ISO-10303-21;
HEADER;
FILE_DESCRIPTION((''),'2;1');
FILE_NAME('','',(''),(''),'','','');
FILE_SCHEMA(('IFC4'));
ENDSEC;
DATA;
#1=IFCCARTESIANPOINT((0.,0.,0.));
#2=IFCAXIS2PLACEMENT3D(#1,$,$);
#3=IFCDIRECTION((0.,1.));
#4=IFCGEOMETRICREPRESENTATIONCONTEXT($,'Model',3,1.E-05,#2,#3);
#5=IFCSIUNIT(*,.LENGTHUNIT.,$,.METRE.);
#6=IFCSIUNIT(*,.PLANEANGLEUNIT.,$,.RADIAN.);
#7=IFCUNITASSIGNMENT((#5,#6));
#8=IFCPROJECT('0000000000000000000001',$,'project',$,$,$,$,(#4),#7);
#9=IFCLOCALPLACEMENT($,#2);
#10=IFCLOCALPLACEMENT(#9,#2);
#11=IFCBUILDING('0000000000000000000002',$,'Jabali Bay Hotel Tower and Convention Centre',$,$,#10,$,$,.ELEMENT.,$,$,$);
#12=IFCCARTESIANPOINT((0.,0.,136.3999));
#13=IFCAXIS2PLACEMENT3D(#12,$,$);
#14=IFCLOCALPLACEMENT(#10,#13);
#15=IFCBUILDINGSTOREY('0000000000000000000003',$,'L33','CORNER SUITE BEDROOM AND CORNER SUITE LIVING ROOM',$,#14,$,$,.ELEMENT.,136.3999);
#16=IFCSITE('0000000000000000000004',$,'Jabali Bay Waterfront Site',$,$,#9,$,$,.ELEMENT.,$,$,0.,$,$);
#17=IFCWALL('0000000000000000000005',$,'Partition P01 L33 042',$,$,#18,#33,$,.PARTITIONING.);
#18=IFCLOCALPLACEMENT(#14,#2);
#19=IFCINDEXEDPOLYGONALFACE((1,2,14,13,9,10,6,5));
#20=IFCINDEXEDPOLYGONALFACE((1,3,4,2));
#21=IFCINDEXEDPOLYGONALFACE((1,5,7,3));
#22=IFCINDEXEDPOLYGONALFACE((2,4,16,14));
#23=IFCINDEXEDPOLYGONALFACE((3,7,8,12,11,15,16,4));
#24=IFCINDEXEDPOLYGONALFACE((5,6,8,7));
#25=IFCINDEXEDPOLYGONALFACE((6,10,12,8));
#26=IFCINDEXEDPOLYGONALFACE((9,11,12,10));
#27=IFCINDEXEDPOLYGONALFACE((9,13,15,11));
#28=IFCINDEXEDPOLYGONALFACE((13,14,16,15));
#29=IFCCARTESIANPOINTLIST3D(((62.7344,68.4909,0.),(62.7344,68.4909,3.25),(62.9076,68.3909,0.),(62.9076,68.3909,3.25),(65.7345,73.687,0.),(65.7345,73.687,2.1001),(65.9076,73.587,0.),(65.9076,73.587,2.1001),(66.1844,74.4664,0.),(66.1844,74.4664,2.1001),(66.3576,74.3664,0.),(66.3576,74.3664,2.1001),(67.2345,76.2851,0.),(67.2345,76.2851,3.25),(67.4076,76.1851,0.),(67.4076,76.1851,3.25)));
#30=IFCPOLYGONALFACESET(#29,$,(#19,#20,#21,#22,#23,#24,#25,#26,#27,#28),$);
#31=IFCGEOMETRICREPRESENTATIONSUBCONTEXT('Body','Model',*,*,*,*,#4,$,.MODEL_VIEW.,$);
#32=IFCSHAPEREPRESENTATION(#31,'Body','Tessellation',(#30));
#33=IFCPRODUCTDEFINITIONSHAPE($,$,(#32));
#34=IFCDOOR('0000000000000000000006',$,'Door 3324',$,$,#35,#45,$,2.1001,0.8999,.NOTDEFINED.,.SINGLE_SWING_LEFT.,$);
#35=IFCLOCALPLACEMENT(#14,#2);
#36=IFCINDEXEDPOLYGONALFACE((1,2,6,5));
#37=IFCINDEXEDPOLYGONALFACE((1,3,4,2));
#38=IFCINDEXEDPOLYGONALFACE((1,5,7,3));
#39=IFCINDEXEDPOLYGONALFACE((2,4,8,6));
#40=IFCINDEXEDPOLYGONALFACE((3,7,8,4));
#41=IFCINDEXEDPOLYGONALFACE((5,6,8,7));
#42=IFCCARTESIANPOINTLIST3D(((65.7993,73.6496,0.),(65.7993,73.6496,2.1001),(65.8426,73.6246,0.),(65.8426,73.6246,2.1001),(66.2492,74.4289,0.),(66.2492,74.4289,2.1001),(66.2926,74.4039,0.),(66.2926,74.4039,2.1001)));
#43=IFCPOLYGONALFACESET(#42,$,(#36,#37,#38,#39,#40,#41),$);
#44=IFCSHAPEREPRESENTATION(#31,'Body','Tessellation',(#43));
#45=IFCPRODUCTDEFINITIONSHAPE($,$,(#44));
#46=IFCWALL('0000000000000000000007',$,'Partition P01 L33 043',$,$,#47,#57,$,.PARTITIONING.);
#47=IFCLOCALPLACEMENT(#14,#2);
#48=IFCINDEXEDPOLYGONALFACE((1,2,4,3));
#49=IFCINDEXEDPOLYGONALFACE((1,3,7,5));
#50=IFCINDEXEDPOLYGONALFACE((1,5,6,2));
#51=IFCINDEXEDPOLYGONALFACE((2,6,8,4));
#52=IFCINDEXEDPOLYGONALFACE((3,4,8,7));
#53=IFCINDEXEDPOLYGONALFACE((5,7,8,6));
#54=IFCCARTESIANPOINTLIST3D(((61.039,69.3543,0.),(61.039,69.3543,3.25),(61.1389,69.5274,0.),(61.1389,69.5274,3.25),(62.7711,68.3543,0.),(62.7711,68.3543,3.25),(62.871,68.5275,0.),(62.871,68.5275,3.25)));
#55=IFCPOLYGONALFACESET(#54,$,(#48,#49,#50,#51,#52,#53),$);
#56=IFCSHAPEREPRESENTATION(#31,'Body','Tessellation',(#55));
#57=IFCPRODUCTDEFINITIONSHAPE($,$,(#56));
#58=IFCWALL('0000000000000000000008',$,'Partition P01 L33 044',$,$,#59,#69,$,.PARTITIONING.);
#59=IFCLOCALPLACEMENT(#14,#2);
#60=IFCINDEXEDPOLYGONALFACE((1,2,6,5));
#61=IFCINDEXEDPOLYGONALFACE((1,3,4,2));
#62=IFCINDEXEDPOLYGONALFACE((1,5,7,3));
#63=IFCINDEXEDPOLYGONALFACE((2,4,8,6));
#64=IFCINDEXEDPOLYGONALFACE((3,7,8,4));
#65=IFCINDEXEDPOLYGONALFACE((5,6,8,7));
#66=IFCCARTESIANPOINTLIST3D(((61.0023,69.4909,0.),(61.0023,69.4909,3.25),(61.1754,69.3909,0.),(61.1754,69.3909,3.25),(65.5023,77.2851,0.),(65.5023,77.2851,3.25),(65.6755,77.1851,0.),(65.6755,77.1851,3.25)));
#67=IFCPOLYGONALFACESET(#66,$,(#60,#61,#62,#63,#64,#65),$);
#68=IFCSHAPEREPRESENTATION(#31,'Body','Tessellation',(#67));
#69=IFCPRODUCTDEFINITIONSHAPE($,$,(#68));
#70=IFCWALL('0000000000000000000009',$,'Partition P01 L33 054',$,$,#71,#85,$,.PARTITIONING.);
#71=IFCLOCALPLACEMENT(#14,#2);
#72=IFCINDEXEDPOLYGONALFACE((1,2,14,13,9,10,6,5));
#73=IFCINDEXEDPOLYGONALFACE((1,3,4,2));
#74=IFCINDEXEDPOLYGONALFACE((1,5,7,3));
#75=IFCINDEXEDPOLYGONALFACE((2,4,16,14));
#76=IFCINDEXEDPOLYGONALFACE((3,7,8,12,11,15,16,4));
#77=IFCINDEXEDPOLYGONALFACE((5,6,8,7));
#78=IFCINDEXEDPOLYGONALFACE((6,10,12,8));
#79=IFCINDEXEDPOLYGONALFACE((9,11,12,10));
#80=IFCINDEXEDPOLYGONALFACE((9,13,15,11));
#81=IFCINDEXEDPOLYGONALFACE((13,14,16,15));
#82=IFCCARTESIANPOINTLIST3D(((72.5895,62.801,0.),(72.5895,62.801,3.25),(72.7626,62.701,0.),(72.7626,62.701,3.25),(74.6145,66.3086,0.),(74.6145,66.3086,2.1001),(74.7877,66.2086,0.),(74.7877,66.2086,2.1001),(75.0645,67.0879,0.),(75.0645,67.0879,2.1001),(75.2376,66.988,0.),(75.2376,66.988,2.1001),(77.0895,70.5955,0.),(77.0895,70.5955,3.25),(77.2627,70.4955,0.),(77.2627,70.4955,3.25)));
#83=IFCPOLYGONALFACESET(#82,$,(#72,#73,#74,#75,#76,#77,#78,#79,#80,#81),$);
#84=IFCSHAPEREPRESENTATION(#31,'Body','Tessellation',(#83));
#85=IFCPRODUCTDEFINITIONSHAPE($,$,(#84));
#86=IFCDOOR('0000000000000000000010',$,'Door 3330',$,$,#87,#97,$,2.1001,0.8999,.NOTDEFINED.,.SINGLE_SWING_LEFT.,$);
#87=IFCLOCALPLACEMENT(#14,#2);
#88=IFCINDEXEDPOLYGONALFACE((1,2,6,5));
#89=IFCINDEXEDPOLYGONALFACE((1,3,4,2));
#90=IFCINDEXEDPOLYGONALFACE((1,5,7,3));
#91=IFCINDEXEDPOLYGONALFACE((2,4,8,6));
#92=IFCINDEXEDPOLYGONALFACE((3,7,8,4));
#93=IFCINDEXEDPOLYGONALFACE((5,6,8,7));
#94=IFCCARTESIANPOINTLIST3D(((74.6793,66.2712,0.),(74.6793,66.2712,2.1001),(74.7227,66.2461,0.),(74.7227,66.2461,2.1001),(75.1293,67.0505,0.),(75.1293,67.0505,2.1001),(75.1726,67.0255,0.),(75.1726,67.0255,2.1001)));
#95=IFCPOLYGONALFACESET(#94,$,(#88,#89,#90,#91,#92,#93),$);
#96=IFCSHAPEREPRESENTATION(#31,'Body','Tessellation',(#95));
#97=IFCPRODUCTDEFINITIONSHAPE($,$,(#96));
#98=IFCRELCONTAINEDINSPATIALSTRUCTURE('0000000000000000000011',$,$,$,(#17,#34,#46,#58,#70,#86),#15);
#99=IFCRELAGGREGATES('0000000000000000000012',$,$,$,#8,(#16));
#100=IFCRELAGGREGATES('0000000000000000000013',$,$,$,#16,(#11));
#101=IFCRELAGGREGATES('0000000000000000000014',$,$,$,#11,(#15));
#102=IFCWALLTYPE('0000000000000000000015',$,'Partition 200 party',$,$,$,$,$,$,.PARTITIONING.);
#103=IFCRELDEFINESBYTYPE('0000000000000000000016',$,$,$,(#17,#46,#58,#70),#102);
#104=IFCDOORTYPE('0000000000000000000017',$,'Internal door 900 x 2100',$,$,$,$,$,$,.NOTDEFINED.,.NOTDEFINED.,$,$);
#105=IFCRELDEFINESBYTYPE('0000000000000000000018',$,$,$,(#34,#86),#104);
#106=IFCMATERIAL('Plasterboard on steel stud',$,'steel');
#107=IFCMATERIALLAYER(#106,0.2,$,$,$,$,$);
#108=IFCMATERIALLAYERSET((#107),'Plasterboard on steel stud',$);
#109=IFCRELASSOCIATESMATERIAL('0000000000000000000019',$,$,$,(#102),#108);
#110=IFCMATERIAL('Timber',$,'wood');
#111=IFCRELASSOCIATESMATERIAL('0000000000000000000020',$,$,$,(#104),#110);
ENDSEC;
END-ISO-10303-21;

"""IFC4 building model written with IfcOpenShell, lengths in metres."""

from ifc_helpers import new_model, si_unit, direction, frame, frame_2d, origin, place, context, subcontext, project, spatial, rectangle, extrude, material, layer, layer_set, type_object, element, fill, save


model = new_model("IFC4")

# Units and contexts
model_context = context("Model", 3, precision=1e-05, world=origin(), true_north=direction((0.0, 1.0)))
body_context = subcontext(model_context, "Body", "Model", "MODEL_VIEW")
ifc_project = project(units=[si_unit("LENGTHUNIT", "METRE"), si_unit("PLANEANGLEUNIT", "RADIAN")], contexts=[model_context])

# Site, building, storey
site_placement = place(None, origin())
site = spatial("IfcSite", under=ifc_project, at=site_placement, Name="Jabali Bay Waterfront Site", CompositionType="ELEMENT", RefElevation=0.0)
building_placement = place(site_placement, origin())
building = spatial("IfcBuilding", under=site, at=building_placement, Name="Jabali Bay Hotel Tower and Convention Centre", CompositionType="ELEMENT")
storey_placement = place(building_placement, frame((0.0, 0.0, 136.3999)))
storey = spatial("IfcBuildingStorey", under=building, at=storey_placement, Name="L33", Description="CORNER SUITE BEDROOM AND CORNER SUITE LIVING ROOM", CompositionType="ELEMENT", Elevation=136.3999)

# Shared definitions
ifc_material_1 = material(Name="Timber", Category="wood")

# Shared definitions
ifc_material_2 = material(Name="Plasterboard on steel stud", Category="steel")

# Wall, opening, door
ifc_layer_1 = layer(ifc_material_2, 0.2)
ifc_layer_set_1 = layer_set([ifc_layer_1], Name="Plasterboard on steel stud")
wall_type_1 = type_object("IfcWallType", Name="Partition 200 party", PredefinedType="PARTITIONING", material=ifc_layer_set_1)
wall_1_placement = place(storey_placement, frame((67.321, 76.2351, 0.0), z_axis=(0.0, 0.0, 1.0), x_axis=(-0.500002, -0.866024, 0.0)))
wall_1 = element("IfcWall", 1, at=wall_1_placement, inside=storey, type_object=wall_type_1, Name="Partition P01 L33 042", PredefinedType="PARTITIONING", context=body_context, shape_type="SweptSolid", body=[
    extrude(rectangle(XDim=9.0, YDim=0.2, at=frame_2d((4.5, 0.0))), origin(), (0.0, 0.0, 1.0), 3.25),
])
opening_1_placement = place(wall_1_placement, frame((2.1001, 0.0, 0.0)))
opening_1 = element("IfcOpeningElement", 2, at=opening_1_placement, cuts=wall_1, PredefinedType="OPENING", context=body_context, shape_type="SweptSolid", body=[
    extrude(rectangle(XDim=0.8999, YDim=2.1001, at=frame_2d((0.45, 1.05))), frame((0.0, 0.1104, 0.0), z_axis=(0.0, -1.0, 0.0), x_axis=(1.0, 0.0, 0.0)), (0.0, 0.0, 1.0), 0.2209),
])
door_type_1 = type_object("IfcDoorType", Name="Internal door 900 x 2100", OperationType="NOTDEFINED", PredefinedType="NOTDEFINED", material=ifc_material_1)
door_1_placement = place(opening_1_placement, origin())
door_1 = element("IfcDoor", 3, at=door_1_placement, inside=storey, type_object=door_type_1, Name="Door 3324", OperationType="SINGLE_SWING_LEFT", OverallHeight=2.1001, OverallWidth=0.8999, PredefinedType="NOTDEFINED", context=body_context, shape_type="SweptSolid", body=[
    extrude(rectangle(XDim=0.8999, YDim=2.1001, at=frame_2d((0.45, 1.05))), frame((0.0, 0.0249, 0.0), z_axis=(0.0, -1.0, 0.0), x_axis=(1.0, 0.0, 0.0)), (0.0, 0.0, 1.0), 0.05),
])
fill(opening_1, door_1)

# Walls
wall_2_placement = place(storey_placement, frame((62.821, 68.4409, 0.0), z_axis=(0.0, 0.0, 1.0), x_axis=(-0.866041, 0.499973, 0.0)))
element("IfcWall", 4, at=wall_2_placement, inside=storey, type_object=wall_type_1, Name="Partition P01 L33 043", PredefinedType="PARTITIONING", context=body_context, shape_type="SweptSolid", body=[
    extrude(rectangle(XDim=2.0, YDim=0.2, at=frame_2d((1.0, 0.0))), origin(), (0.0, 0.0, 1.0), 3.25),
])
wall_3_placement = place(storey_placement, frame((61.0889, 69.4409, 0.0), z_axis=(0.0, 0.0, 1.0), x_axis=(0.500002, 0.866024, 0.0)))
element("IfcWall", 5, at=wall_3_placement, inside=storey, type_object=wall_type_1, Name="Partition P01 L33 044", PredefinedType="PARTITIONING", context=body_context, shape_type="SweptSolid", body=[
    extrude(rectangle(XDim=9.0, YDim=0.2, at=frame_2d((4.5, 0.0))), origin(), (0.0, 0.0, 1.0), 3.25),
])

# Wall, opening, door
wall_4_placement = place(storey_placement, frame((77.176, 70.5454, 0.0), z_axis=(0.0, 0.0, 1.0), x_axis=(-0.49999, -0.866031, 0.0)))
wall_4 = element("IfcWall", 6, at=wall_4_placement, inside=storey, type_object=wall_type_1, Name="Partition P01 L33 054", PredefinedType="PARTITIONING", context=body_context, shape_type="SweptSolid", body=[
    extrude(rectangle(XDim=9.0002, YDim=0.2, at=frame_2d((4.5, 0.0))), origin(), (0.0, 0.0, 1.0), 3.25),
])
opening_2_placement = place(wall_4_placement, frame((4.05, 0.0, 0.0)))
opening_2 = element("IfcOpeningElement", 7, at=opening_2_placement, cuts=wall_4, PredefinedType="OPENING", context=body_context, shape_type="SweptSolid", body=[
    extrude(rectangle(XDim=0.8999, YDim=2.1001, at=frame_2d((0.45, 1.05))), frame((0.0, 0.1104, 0.0), z_axis=(0.0, -1.0, 0.0), x_axis=(1.0, 0.0, 0.0)), (0.0, 0.0, 1.0), 0.2209),
])
door_2_placement = place(opening_2_placement, origin())
door_2 = element("IfcDoor", 8, at=door_2_placement, inside=storey, type_object=door_type_1, Name="Door 3330", OperationType="SINGLE_SWING_LEFT", OverallHeight=2.1001, OverallWidth=0.8999, PredefinedType="NOTDEFINED", context=body_context, shape_type="SweptSolid", body=[
    extrude(rectangle(XDim=0.8999, YDim=2.1001, at=frame_2d((0.45, 1.05))), frame((0.0, 0.0249, 0.0), z_axis=(0.0, -1.0, 0.0), x_axis=(1.0, 0.0, 0.0)), (0.0, 0.0, 1.0), 0.05),
])
fill(opening_2, door_2)

save(model, "model.ifc")
